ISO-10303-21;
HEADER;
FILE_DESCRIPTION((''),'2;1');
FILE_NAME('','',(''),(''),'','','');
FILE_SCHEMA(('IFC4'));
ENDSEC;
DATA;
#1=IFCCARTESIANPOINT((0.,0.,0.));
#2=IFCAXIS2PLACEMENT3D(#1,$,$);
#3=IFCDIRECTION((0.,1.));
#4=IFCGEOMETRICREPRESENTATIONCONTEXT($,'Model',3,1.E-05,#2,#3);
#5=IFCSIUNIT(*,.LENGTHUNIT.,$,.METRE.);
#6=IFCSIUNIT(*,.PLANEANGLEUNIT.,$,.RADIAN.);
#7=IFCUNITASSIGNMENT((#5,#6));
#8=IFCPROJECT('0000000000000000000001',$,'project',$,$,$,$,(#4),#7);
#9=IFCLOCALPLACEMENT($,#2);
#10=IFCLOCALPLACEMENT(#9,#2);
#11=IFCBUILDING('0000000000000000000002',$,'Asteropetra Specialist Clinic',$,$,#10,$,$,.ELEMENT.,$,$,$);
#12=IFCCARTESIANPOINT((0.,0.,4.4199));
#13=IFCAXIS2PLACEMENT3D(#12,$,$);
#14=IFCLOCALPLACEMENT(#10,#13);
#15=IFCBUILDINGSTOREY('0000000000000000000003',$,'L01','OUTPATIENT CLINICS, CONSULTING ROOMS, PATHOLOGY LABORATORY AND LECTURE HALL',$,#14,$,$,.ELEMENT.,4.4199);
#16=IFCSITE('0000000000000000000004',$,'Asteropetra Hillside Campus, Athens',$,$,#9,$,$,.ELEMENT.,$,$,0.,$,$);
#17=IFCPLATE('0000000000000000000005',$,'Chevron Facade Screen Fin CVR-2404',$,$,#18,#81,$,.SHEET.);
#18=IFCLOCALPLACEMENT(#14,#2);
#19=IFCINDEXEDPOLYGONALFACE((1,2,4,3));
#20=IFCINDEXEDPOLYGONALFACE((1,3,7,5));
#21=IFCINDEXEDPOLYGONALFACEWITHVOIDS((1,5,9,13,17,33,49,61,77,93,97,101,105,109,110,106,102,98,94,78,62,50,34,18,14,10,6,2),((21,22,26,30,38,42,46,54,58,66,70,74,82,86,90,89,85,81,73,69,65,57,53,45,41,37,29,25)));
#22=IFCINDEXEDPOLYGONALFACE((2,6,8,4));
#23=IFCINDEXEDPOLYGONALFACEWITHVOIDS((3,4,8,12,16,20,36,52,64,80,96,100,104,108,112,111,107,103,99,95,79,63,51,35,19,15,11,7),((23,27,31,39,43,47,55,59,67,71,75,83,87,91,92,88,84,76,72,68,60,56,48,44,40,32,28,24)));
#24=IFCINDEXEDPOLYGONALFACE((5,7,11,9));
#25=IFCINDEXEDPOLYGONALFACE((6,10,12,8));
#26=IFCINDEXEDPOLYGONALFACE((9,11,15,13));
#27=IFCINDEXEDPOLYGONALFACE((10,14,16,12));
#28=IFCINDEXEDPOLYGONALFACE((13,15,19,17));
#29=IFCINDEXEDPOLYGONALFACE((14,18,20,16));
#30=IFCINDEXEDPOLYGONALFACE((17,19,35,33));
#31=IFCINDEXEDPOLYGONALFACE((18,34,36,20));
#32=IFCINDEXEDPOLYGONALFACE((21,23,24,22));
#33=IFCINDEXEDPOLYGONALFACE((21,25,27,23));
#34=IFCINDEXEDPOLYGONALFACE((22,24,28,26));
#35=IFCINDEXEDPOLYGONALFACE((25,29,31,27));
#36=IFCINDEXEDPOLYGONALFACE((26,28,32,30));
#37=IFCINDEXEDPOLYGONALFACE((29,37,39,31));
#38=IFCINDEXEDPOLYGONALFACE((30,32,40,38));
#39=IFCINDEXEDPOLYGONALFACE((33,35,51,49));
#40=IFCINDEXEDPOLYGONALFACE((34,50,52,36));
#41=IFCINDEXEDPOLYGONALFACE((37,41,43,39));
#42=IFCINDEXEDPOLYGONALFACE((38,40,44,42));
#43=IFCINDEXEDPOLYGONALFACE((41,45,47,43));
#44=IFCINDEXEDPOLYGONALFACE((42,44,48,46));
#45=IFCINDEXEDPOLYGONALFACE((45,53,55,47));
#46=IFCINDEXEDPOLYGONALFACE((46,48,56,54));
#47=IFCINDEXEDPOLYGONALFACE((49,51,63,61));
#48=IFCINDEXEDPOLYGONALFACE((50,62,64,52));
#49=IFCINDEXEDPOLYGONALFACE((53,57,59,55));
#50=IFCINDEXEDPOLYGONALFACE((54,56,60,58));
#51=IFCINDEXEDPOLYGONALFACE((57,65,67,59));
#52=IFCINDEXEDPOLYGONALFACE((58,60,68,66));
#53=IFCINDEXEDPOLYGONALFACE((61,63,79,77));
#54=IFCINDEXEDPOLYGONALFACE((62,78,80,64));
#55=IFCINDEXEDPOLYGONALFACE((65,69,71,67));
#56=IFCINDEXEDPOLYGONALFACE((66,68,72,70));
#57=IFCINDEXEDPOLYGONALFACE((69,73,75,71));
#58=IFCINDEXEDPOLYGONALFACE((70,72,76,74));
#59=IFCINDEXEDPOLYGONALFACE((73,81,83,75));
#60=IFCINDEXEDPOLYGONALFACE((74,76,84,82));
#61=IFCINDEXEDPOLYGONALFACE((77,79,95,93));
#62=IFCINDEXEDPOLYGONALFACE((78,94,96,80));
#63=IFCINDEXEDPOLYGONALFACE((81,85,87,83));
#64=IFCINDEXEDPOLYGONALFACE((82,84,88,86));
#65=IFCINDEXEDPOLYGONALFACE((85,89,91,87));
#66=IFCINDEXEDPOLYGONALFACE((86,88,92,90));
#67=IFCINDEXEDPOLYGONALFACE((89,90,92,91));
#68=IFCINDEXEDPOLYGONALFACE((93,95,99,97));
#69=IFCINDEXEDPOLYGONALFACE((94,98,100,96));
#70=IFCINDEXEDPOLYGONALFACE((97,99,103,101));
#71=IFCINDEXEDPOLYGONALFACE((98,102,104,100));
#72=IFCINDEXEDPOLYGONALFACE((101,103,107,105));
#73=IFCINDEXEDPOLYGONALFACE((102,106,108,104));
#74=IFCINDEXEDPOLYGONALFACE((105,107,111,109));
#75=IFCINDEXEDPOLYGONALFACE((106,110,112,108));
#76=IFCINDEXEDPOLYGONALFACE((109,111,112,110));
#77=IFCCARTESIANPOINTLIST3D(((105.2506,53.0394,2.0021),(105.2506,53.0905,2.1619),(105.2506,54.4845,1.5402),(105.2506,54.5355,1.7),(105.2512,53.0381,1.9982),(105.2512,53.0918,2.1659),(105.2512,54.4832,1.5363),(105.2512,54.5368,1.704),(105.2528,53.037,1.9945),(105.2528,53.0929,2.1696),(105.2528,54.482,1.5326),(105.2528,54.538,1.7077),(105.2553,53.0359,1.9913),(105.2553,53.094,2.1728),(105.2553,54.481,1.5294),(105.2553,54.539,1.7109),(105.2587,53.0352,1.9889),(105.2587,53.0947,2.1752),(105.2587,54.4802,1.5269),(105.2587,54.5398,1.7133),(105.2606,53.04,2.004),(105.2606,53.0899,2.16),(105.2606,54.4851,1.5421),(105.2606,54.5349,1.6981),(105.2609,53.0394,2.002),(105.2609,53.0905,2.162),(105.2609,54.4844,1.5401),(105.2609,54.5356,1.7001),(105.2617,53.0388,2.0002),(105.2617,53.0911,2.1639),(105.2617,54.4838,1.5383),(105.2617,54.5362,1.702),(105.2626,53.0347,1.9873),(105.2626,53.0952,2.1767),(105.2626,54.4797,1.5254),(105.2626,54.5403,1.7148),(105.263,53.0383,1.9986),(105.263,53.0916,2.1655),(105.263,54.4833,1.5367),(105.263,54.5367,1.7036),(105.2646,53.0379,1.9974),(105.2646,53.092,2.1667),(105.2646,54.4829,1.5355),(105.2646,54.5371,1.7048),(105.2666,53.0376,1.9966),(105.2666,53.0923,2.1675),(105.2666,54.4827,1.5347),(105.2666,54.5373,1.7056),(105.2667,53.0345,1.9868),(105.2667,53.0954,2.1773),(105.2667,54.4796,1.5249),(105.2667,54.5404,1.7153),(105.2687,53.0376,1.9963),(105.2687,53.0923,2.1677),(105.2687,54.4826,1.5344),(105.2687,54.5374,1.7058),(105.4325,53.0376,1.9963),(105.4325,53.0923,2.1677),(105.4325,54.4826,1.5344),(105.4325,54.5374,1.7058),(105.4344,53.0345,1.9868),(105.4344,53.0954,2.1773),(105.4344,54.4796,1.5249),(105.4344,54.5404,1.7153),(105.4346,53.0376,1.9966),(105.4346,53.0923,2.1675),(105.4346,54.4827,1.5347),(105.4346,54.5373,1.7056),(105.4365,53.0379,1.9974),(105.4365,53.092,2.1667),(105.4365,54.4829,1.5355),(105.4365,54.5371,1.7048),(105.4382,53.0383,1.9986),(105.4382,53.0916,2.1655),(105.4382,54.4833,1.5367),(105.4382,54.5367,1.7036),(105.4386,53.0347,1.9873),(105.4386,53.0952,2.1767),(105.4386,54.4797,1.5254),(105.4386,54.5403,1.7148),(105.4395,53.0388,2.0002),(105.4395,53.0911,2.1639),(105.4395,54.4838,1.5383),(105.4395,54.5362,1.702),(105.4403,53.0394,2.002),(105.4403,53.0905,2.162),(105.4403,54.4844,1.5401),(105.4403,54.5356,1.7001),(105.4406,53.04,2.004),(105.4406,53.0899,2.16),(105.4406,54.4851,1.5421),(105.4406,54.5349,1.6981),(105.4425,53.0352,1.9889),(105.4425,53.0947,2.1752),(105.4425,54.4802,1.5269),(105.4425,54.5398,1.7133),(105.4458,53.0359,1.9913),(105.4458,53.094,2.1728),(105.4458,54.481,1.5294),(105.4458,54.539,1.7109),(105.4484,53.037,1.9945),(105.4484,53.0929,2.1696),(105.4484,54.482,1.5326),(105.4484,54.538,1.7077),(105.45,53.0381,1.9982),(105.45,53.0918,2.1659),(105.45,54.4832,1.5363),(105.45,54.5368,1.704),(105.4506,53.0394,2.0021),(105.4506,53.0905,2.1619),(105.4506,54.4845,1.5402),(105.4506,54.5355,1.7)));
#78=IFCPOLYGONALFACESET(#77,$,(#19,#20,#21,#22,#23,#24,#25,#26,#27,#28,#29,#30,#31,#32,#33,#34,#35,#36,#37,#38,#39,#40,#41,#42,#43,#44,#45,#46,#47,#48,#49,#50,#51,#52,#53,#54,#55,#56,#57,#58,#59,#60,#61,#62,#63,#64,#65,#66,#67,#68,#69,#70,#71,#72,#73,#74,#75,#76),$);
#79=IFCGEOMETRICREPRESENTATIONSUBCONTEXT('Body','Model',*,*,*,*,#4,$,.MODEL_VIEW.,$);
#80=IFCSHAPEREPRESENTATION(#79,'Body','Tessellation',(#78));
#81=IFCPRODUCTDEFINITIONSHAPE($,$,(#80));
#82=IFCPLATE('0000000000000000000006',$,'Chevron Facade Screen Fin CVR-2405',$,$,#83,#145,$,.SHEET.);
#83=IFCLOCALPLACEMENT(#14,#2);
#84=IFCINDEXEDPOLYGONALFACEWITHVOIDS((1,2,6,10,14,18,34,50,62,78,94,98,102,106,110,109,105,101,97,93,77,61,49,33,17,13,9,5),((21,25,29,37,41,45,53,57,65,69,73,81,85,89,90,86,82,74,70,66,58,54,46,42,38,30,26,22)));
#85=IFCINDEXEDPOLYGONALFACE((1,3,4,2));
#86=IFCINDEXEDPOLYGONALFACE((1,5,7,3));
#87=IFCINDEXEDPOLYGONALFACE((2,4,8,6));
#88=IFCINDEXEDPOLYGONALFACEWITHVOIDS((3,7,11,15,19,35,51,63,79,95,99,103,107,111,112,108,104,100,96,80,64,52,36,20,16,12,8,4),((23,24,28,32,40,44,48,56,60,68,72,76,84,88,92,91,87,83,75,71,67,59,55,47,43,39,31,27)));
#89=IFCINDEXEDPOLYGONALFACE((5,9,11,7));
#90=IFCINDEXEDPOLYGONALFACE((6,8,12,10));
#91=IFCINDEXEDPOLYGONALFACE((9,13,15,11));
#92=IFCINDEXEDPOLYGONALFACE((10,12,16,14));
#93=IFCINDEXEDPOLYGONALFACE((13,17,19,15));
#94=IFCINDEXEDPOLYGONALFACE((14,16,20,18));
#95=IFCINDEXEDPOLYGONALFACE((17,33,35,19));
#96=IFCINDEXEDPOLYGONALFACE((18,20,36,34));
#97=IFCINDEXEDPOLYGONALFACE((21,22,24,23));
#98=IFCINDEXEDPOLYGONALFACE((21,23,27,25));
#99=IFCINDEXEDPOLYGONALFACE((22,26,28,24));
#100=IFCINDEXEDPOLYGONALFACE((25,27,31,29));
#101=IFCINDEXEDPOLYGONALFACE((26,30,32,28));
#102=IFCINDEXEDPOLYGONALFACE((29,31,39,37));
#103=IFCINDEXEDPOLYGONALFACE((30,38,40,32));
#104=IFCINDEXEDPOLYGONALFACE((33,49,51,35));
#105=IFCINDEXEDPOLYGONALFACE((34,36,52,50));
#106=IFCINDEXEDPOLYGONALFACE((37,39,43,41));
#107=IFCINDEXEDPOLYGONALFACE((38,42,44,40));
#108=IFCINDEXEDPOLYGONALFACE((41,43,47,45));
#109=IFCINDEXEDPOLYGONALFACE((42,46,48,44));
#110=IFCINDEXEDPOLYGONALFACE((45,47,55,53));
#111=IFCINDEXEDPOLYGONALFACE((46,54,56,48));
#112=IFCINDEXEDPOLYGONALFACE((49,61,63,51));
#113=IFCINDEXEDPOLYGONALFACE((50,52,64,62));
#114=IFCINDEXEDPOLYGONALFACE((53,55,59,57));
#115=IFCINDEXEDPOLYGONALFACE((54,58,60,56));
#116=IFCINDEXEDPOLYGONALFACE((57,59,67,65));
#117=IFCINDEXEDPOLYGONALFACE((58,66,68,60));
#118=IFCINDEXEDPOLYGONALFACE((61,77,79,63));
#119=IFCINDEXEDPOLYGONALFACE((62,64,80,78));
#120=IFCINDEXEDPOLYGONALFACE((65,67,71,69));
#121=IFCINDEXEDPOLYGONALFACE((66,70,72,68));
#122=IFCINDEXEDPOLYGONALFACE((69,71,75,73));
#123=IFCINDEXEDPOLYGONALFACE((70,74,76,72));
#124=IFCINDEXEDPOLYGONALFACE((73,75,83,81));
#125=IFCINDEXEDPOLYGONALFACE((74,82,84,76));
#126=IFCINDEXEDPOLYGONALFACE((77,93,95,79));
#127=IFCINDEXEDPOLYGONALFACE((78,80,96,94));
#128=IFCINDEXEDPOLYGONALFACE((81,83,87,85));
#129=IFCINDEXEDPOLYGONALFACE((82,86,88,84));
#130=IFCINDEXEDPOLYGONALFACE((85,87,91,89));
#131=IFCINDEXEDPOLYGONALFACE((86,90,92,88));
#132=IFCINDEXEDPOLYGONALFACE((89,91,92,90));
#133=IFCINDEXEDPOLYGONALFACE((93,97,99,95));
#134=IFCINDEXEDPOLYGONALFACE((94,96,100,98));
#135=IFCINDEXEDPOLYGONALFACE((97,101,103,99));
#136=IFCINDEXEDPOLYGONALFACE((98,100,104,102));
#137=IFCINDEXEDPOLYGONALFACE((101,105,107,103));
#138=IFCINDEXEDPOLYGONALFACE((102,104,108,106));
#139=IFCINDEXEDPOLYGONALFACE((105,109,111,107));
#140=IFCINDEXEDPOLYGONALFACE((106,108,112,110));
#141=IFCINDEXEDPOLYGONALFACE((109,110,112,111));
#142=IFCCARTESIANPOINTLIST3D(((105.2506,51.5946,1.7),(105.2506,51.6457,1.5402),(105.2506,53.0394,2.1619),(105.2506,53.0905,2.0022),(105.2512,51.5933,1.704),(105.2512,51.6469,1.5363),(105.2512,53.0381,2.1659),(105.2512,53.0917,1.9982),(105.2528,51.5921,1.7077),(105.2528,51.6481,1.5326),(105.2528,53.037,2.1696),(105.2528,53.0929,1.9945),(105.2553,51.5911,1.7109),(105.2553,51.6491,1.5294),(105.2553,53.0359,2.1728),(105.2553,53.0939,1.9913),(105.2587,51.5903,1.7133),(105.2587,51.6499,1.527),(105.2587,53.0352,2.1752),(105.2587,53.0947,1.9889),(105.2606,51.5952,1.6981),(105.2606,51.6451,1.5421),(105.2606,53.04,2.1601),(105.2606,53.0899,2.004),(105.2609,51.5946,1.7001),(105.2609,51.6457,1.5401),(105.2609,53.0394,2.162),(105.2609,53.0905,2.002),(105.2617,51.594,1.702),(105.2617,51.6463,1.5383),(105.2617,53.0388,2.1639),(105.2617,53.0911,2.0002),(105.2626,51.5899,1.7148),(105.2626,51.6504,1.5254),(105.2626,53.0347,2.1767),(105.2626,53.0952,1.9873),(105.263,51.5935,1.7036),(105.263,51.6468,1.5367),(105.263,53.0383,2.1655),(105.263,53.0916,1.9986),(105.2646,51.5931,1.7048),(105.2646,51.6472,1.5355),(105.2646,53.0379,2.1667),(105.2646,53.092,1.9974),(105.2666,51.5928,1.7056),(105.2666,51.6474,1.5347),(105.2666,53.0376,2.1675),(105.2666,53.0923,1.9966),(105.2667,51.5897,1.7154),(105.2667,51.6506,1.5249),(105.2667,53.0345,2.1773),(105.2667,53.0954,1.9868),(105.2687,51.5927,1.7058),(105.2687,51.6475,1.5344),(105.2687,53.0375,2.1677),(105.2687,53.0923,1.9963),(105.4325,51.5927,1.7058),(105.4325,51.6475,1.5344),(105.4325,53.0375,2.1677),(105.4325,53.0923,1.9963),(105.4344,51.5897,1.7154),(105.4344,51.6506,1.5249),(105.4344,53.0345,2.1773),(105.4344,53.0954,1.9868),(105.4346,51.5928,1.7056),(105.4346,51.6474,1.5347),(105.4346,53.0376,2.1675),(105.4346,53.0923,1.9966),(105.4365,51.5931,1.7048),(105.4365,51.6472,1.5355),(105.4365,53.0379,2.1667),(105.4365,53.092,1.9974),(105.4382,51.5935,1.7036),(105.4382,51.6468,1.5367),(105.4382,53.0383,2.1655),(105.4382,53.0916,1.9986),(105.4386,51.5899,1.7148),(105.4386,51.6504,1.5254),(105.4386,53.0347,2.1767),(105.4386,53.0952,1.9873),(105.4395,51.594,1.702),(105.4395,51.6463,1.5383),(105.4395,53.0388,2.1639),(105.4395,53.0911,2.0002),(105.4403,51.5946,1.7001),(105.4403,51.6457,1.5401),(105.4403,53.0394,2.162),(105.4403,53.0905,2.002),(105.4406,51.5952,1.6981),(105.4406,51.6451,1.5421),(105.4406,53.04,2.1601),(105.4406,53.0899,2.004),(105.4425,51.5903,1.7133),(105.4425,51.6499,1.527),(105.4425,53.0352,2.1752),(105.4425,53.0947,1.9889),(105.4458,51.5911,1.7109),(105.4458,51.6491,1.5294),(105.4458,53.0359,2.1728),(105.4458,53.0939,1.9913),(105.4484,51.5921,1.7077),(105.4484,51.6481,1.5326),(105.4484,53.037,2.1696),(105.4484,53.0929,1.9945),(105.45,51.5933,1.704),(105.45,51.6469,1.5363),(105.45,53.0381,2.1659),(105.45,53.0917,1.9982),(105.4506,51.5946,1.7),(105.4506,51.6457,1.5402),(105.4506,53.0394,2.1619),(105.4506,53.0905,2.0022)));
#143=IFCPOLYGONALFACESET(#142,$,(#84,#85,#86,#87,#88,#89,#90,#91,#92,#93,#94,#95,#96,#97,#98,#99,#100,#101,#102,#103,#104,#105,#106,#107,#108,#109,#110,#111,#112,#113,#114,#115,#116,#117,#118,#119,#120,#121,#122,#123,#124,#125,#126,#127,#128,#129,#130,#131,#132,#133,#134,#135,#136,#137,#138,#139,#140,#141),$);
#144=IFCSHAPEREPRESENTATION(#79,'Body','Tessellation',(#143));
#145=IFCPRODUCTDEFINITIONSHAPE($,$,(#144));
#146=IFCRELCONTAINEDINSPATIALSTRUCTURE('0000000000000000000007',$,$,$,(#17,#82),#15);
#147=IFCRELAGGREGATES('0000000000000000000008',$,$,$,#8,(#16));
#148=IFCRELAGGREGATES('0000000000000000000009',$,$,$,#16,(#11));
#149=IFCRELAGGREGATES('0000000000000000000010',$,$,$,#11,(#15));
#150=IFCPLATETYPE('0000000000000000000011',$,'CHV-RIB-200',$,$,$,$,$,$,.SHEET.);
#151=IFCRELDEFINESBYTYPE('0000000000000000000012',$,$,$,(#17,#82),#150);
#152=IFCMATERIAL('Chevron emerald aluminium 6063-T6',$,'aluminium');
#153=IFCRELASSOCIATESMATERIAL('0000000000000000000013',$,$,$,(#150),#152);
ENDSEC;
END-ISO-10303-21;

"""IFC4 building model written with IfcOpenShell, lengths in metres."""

from ifc_helpers import new_model, si_unit, direction, frame, origin, origin_2d, place, context, subcontext, project, spatial, hollow_rectangle, extrude, material, material_profile, profile_set, type_object, element, save


model = new_model("IFC4")

# Units and contexts
model_context = context("Model", 3, precision=1e-05, world=origin(), true_north=direction((0.0, 1.0)))
body_context = subcontext(model_context, "Body", "Model", "MODEL_VIEW")
ifc_project = project(units=[si_unit("LENGTHUNIT", "METRE"), si_unit("PLANEANGLEUNIT", "RADIAN")], contexts=[model_context])

# Site, building, storey
site_placement = place(None, origin())
site = spatial("IfcSite", under=ifc_project, at=site_placement, Name="Asteropetra Hillside Campus, Athens", CompositionType="ELEMENT", RefElevation=0.0)
building_placement = place(site_placement, origin())
building = spatial("IfcBuilding", under=site, at=building_placement, Name="Asteropetra Specialist Clinic", CompositionType="ELEMENT")
storey_placement = place(building_placement, frame((0.0, 0.0, 4.4199)))
storey = spatial("IfcBuildingStorey", under=building, at=storey_placement, Name="L01", Description="OUTPATIENT CLINICS, CONSULTING ROOMS, PATHOLOGY LABORATORY AND LECTURE HALL", CompositionType="ELEMENT", Elevation=4.4199)

# Plates
ifc_material_1 = material(Name="Chevron emerald aluminium 6063-T6", Category="aluminium")
ifc_material_profile = material_profile(ifc_material_1, hollow_rectangle(XDim=0.2, YDim=0.2, WallThickness=0.01, InnerFilletRadius=0.0081, OuterFilletRadius=0.0161, at=origin_2d()), Name="SHS 200x200x10.0")
ifc_profile_set = profile_set([ifc_material_profile], Name="Chevron emerald aluminium 6063-T6")
plate_type = type_object("IfcPlateType", Name="CHV-RIB-200", PredefinedType="SHEET", material=ifc_profile_set)
plate_1_placement = place(storey_placement, frame((105.3506, 54.51, 1.6201), z_axis=(0.0, -0.952521, 0.304472), x_axis=(1.0, 0.0, 0.0)))
element("IfcPlate", 1, at=plate_1_placement, inside=storey, type_object=plate_type, Name="Chevron Facade Screen Fin CVR-2404", PredefinedType="SHEET", context=body_context, shape_type="SweptSolid", body=[
    extrude(hollow_rectangle(XDim=0.2, YDim=0.2, WallThickness=0.01, InnerFilletRadius=0.0081, OuterFilletRadius=0.0161, at=origin_2d()), origin(), (0.0, 0.0, 1.0), 1.5171),
])
plate_2_placement = place(storey_placement, frame((105.3506, 53.0649, 2.082), z_axis=(0.0, -0.952506, -0.304519), x_axis=(1.0, 0.0, 0.0)))
element("IfcPlate", 2, at=plate_2_placement, inside=storey, type_object=plate_type, Name="Chevron Facade Screen Fin CVR-2405", PredefinedType="SHEET", context=body_context, shape_type="SweptSolid", body=[
    extrude(hollow_rectangle(XDim=0.2, YDim=0.2, WallThickness=0.01, InnerFilletRadius=0.0081, OuterFilletRadius=0.0161, at=origin_2d()), origin(), (0.0, 0.0, 1.0), 1.5168),
])

save(model, "model.ifc")
